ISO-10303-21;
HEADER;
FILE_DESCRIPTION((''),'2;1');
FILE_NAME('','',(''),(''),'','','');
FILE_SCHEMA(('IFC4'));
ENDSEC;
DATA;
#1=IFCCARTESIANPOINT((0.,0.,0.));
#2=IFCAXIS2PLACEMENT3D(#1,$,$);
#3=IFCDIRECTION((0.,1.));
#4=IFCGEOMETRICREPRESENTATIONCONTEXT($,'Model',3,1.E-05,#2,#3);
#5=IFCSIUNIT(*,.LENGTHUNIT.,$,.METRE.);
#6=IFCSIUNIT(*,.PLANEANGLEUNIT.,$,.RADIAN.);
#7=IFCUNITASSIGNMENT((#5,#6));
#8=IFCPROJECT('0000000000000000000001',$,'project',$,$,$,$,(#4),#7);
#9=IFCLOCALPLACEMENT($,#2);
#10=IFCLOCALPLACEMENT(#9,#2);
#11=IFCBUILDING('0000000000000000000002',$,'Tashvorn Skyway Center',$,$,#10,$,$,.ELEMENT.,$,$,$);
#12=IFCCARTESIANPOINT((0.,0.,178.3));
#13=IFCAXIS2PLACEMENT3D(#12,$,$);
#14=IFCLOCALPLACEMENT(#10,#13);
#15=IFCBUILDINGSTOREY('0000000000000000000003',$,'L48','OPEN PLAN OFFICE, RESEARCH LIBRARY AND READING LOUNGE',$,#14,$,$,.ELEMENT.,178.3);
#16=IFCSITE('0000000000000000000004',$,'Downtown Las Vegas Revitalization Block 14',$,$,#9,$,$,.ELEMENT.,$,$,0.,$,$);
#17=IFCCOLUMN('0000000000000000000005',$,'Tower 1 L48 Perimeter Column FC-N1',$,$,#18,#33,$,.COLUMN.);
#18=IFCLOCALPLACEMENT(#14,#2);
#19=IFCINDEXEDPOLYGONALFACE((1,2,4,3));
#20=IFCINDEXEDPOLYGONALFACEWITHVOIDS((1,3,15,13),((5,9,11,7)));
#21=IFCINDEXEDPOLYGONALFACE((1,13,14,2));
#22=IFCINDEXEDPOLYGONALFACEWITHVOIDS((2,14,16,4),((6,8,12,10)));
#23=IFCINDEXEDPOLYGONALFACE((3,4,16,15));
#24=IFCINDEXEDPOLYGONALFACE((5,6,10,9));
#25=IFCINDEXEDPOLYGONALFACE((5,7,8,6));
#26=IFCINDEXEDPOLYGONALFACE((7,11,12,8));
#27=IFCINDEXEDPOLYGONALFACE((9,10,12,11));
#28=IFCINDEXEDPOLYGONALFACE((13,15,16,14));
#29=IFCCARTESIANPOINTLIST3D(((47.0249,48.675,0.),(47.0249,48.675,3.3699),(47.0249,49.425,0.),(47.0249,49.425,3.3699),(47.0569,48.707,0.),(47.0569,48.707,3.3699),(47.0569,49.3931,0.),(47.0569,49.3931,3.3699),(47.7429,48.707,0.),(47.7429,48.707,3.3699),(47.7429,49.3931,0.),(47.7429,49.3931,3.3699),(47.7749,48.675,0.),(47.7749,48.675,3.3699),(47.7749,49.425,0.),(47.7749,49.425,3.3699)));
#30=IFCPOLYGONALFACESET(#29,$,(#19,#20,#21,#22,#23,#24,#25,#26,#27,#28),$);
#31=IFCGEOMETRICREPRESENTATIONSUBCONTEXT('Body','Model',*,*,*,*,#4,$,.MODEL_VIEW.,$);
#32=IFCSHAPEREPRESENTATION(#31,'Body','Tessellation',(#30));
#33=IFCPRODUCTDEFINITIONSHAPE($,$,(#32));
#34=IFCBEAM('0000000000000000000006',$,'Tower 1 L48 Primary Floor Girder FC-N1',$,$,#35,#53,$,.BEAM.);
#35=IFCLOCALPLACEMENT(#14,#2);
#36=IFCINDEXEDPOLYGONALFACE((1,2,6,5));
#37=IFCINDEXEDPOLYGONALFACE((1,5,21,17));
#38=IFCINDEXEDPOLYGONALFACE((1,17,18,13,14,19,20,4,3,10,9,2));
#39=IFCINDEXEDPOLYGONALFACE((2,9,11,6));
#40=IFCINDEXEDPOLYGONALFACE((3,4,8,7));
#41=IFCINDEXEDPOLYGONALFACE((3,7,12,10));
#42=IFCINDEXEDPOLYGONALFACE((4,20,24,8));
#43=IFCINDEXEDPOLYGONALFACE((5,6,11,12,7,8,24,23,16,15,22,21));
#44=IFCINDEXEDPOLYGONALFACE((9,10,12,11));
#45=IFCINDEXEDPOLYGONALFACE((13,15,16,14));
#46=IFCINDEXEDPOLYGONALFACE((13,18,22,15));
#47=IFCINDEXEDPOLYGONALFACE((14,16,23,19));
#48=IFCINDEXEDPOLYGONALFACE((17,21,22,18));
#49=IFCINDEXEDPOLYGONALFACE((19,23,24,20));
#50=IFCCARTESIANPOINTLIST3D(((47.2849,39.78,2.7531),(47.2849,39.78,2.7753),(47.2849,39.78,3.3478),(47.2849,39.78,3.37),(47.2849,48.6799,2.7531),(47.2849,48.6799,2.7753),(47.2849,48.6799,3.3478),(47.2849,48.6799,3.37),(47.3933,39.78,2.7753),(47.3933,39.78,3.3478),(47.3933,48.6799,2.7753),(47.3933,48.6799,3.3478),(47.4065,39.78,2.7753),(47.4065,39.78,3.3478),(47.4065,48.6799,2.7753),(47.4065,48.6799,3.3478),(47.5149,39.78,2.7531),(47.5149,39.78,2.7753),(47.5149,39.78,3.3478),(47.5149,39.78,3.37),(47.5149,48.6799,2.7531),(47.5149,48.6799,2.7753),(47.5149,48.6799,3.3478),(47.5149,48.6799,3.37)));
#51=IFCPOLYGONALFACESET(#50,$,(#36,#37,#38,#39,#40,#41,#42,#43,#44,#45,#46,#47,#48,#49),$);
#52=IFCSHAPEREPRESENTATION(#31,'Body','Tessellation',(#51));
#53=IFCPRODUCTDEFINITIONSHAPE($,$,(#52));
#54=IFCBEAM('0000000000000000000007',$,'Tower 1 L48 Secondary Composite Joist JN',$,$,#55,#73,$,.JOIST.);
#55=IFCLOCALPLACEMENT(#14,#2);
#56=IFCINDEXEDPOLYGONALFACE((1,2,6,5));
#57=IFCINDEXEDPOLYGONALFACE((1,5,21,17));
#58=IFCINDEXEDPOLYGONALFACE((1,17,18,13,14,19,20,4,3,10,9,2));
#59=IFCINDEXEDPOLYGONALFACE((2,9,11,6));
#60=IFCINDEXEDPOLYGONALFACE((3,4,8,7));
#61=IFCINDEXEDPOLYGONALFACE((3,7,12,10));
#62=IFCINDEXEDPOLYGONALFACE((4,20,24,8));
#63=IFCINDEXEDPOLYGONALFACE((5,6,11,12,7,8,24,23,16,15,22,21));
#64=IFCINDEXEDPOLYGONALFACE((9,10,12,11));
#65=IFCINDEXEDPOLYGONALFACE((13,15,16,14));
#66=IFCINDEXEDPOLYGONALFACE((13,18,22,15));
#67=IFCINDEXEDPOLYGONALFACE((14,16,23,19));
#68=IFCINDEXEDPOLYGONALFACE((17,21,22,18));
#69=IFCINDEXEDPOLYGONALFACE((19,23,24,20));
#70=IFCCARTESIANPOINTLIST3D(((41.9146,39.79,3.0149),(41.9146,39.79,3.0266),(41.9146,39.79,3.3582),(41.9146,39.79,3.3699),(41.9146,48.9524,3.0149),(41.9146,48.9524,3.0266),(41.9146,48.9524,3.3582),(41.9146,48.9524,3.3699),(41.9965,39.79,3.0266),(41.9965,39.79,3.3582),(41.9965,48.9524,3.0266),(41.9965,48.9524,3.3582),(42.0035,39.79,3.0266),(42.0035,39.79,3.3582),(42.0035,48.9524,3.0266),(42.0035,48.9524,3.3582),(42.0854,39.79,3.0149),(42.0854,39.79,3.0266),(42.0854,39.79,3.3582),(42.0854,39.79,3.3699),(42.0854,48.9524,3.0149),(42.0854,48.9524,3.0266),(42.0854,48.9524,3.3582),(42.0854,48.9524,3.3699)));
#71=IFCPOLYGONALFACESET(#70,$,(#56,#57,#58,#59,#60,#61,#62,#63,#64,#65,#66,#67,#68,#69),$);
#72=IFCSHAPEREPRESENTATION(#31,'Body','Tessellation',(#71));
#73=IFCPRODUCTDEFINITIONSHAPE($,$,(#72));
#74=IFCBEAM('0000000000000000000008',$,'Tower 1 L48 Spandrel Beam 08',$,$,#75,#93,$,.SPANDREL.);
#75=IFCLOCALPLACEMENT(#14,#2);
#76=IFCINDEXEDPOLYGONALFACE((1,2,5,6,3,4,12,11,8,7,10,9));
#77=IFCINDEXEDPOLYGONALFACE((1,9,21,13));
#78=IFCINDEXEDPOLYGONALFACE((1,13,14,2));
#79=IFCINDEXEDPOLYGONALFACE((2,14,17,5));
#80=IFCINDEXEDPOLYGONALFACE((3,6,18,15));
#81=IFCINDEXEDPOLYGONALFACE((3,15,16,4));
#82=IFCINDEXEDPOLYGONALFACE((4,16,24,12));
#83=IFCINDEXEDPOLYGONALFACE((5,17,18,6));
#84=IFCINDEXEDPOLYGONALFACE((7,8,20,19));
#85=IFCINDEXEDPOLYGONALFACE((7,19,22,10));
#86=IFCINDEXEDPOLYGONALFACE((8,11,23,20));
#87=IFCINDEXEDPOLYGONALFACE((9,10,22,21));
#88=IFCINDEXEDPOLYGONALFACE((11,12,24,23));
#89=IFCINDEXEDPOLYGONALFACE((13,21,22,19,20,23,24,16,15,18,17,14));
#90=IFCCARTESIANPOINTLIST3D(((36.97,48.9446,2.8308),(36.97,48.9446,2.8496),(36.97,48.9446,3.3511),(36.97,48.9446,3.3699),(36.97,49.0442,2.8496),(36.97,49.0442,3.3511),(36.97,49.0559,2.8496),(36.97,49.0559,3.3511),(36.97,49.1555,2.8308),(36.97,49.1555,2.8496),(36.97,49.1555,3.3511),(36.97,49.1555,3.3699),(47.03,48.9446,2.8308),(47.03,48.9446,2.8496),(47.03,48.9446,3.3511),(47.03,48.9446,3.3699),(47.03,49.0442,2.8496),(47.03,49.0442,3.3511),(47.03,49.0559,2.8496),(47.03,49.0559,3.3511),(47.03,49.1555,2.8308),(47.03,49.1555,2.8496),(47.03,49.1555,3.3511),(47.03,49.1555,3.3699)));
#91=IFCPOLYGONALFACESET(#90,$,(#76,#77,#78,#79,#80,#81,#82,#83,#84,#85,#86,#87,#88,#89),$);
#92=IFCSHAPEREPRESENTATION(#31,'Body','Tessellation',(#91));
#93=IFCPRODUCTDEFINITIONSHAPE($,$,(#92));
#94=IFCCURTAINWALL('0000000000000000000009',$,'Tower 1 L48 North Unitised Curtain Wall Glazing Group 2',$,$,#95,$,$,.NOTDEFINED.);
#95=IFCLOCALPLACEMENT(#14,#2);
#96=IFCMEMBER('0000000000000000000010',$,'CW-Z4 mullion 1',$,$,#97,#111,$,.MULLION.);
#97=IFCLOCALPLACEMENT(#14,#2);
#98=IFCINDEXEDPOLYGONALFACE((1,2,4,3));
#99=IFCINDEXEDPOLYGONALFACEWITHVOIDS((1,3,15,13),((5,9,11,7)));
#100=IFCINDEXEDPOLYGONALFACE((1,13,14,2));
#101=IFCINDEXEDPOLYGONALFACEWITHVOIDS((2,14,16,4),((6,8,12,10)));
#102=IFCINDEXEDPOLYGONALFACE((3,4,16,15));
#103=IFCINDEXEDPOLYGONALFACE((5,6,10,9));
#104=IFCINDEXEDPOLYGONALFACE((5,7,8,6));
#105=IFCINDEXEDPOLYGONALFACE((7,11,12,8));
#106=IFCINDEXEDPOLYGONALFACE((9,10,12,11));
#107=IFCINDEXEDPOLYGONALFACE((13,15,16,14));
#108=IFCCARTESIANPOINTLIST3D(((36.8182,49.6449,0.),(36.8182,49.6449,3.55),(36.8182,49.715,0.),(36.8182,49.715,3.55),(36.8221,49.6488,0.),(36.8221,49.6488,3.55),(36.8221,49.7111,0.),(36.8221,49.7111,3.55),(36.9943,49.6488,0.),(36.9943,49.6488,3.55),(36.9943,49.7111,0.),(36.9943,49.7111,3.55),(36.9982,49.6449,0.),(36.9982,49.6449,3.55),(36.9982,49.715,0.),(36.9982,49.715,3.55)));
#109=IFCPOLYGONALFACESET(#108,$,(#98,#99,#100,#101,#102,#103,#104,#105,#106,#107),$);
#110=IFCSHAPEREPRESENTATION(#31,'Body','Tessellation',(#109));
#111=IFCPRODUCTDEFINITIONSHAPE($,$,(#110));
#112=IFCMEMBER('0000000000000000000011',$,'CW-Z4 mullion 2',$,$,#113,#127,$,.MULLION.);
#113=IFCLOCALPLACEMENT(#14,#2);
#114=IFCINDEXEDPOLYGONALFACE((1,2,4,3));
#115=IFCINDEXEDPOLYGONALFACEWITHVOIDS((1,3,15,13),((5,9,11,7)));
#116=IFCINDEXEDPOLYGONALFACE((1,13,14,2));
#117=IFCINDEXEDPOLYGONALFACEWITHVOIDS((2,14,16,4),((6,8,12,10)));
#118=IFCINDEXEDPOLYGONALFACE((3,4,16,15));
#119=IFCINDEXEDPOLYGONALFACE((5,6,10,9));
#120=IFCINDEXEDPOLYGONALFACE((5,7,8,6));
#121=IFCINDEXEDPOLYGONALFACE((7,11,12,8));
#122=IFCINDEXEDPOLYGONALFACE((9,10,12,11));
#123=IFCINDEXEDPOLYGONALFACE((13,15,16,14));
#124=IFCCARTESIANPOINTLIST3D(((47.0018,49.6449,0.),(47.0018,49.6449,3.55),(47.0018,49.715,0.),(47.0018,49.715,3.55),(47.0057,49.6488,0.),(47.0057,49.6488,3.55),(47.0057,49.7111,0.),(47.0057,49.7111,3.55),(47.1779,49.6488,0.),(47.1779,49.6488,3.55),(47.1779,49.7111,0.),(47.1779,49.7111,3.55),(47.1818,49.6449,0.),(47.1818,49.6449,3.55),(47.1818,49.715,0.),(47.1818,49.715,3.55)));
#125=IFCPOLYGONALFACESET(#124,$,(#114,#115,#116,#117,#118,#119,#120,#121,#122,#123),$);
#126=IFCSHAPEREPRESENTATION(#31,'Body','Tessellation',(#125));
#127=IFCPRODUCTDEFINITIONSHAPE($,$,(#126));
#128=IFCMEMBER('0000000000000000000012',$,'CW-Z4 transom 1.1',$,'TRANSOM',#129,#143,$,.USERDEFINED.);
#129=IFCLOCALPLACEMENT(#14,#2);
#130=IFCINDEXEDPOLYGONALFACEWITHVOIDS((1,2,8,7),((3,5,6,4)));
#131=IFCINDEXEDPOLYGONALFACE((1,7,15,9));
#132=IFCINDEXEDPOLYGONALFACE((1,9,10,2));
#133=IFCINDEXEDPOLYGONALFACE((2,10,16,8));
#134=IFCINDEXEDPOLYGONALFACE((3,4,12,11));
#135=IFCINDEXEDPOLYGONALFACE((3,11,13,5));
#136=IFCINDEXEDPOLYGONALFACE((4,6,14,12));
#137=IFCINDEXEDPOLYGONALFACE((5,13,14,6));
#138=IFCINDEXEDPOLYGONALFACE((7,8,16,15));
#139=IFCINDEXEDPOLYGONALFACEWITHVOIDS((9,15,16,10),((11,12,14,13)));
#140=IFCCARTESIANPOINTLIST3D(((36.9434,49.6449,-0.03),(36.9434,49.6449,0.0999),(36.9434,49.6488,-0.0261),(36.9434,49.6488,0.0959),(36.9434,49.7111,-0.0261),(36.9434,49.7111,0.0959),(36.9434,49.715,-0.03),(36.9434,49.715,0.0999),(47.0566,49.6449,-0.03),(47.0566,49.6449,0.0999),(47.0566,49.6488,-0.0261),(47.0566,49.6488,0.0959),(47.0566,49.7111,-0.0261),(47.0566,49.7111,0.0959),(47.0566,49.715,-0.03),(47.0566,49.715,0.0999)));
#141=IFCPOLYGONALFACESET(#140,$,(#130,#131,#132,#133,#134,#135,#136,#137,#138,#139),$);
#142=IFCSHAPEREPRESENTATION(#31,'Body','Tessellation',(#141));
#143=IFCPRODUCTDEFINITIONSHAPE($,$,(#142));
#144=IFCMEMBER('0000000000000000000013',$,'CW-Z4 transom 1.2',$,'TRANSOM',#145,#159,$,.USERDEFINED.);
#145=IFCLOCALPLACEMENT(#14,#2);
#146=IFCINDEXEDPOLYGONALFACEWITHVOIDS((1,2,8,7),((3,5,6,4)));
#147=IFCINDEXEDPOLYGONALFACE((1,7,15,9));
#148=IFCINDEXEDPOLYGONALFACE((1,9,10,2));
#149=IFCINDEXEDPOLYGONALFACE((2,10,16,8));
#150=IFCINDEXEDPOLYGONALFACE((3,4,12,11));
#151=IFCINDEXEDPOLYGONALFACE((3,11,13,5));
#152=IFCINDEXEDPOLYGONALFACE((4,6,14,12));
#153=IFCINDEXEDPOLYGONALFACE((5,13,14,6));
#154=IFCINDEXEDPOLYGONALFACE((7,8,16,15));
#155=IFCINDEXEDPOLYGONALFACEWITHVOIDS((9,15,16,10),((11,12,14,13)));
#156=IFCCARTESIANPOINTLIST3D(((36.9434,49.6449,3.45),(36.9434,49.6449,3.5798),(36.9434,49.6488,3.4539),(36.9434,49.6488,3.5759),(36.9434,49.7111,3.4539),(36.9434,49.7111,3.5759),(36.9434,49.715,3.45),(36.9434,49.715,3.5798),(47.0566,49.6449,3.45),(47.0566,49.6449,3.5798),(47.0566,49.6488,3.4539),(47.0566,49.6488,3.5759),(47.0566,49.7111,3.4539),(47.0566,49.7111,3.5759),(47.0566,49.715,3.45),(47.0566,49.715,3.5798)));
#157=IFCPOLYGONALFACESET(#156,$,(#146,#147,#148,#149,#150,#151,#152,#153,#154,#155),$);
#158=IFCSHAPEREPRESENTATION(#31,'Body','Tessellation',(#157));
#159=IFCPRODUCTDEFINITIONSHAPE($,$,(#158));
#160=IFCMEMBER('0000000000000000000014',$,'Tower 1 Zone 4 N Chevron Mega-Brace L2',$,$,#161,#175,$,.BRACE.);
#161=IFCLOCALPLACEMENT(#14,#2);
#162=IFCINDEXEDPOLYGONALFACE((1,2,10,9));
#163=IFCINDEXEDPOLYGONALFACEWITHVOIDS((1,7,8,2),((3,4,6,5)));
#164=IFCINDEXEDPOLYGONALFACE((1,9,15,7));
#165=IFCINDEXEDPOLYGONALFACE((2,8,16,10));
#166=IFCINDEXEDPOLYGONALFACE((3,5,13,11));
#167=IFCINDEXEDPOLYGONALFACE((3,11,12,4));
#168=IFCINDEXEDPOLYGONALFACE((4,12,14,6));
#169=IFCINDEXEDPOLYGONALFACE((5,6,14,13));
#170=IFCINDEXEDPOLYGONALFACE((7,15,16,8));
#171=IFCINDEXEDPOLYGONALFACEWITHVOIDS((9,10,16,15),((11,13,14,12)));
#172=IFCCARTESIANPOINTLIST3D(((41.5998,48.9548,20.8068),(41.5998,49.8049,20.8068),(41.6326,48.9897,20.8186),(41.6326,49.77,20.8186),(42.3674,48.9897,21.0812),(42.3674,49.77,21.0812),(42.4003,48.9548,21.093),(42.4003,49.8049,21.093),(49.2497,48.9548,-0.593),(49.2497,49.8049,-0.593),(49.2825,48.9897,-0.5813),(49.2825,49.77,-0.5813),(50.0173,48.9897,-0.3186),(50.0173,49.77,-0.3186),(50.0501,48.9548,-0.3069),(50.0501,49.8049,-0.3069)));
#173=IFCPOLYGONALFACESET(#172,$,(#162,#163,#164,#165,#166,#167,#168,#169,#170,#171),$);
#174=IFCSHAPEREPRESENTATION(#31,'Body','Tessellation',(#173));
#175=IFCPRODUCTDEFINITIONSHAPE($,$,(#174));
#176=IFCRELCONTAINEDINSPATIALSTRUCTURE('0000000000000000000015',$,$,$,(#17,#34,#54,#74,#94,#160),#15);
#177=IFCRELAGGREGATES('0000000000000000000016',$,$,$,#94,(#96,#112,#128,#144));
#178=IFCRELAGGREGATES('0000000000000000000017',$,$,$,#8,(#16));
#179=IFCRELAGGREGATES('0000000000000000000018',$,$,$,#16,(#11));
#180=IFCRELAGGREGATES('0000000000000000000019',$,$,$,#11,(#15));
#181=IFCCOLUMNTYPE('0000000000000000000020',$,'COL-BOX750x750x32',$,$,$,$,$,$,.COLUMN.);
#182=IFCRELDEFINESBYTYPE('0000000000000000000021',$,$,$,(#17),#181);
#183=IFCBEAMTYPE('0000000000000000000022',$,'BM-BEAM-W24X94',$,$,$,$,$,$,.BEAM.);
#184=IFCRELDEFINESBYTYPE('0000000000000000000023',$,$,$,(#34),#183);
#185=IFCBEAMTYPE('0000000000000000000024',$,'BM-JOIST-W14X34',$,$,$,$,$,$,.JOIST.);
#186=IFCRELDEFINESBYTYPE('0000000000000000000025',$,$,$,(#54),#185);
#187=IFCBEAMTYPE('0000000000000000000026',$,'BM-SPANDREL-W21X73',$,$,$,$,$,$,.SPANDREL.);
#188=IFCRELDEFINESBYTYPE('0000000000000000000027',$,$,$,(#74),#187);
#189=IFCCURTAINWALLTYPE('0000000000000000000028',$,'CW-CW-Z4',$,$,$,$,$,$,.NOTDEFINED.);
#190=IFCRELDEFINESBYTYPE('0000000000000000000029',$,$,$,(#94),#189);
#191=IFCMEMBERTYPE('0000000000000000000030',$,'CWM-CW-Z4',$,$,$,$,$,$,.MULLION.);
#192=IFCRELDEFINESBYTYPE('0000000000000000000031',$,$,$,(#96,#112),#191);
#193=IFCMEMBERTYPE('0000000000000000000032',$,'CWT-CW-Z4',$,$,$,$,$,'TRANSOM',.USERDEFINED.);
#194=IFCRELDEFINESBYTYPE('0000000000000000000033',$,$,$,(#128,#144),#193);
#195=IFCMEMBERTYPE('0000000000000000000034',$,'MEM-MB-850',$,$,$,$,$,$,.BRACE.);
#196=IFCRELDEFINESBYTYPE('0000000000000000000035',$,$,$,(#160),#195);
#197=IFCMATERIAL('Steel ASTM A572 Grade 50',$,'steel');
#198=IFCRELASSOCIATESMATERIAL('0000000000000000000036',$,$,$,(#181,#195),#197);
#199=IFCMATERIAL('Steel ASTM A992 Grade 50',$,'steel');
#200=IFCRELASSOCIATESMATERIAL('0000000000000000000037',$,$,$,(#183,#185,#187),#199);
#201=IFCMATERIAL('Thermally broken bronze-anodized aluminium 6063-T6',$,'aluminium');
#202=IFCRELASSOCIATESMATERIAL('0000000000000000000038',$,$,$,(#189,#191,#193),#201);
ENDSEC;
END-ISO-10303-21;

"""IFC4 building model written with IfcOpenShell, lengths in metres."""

from ifc_helpers import new_model, si_unit, direction, frame, origin, origin_2d, place, context, subcontext, project, spatial, hollow_rectangle, i_section, extrude, material, material_profile, profile_set, type_object, element, aggregate, save


model = new_model("IFC4")

# Units and contexts
model_context = context("Model", 3, precision=1e-05, world=origin(), true_north=direction((0.0, 1.0)))
body_context = subcontext(model_context, "Body", "Model", "MODEL_VIEW")
ifc_project = project(units=[si_unit("LENGTHUNIT", "METRE"), si_unit("PLANEANGLEUNIT", "RADIAN")], contexts=[model_context])

# Site, building, storey
site_placement = place(None, origin())
site = spatial("IfcSite", under=ifc_project, at=site_placement, Name="Downtown Las Vegas Revitalization Block 14", CompositionType="ELEMENT", RefElevation=0.0)
building_placement = place(site_placement, origin())
building = spatial("IfcBuilding", under=site, at=building_placement, Name="Tashvorn Skyway Center", CompositionType="ELEMENT")
storey_placement = place(building_placement, frame((0.0, 0.0, 178.3)))
storey = spatial("IfcBuildingStorey", under=building, at=storey_placement, Name="L48", Description="OPEN PLAN OFFICE, RESEARCH LIBRARY AND READING LOUNGE", CompositionType="ELEMENT", Elevation=178.3)

# Column
ifc_material_1 = material(Name="Steel ASTM A572 Grade 50", Category="steel")
ifc_material_profile_1 = material_profile(ifc_material_1, hollow_rectangle(XDim=0.75, YDim=0.75, WallThickness=0.032, at=origin_2d()), Name="BOX750x750x32")
ifc_profile_set_1 = profile_set([ifc_material_profile_1], Name="Steel ASTM A572 Grade 50")
column_type = type_object("IfcColumnType", Name="COL-BOX750x750x32", PredefinedType="COLUMN", material=ifc_profile_set_1)
column_placement = place(storey_placement, frame((47.3999, 49.05, 0.0), z_axis=(0.0, 0.0, 1.0), x_axis=(1.0, 0.0, 0.0)))
element("IfcColumn", 1, at=column_placement, inside=storey, type_object=column_type, Name="Tower 1 L48 Perimeter Column FC-N1", PredefinedType="COLUMN", context=body_context, shape_type="SweptSolid", body=[
    extrude(hollow_rectangle(XDim=0.75, YDim=0.75, WallThickness=0.032, at=origin_2d()), origin(), (0.0, 0.0, 1.0), 3.3699),
])

# Beams
ifc_material_2 = material(Name="Steel ASTM A992 Grade 50", Category="steel")
ifc_material_profile_2 = material_profile(ifc_material_2, i_section(OverallWidth=0.23, OverallDepth=0.6169, WebThickness=0.0132, FlangeThickness=0.0222, at=origin_2d()), Name="W24X94")
ifc_profile_set_2 = profile_set([ifc_material_profile_2], Name="Steel ASTM A992 Grade 50")
beam_type_1 = type_object("IfcBeamType", Name="BM-BEAM-W24X94", PredefinedType="BEAM", material=ifc_profile_set_2)
beam_1_placement = place(storey_placement, frame((47.3999, 48.6799, 3.0615), z_axis=(0.0, -1.0, 0.0), x_axis=(1.0, 0.0, 0.0)))
element("IfcBeam", 2, at=beam_1_placement, inside=storey, type_object=beam_type_1, Name="Tower 1 L48 Primary Floor Girder FC-N1", PredefinedType="BEAM", context=body_context, shape_type="SweptSolid", body=[
    extrude(i_section(OverallWidth=0.23, OverallDepth=0.6169, WebThickness=0.0132, FlangeThickness=0.0222, at=origin_2d()), origin(), (0.0, 0.0, 1.0), 8.8999),
])
ifc_material_profile_3 = material_profile(ifc_material_2, i_section(OverallWidth=0.1709, OverallDepth=0.355, WebThickness=0.0071, FlangeThickness=0.0117, at=origin_2d()), Name="W14X34")
ifc_profile_set_3 = profile_set([ifc_material_profile_3], Name="Steel ASTM A992 Grade 50")
beam_type_2 = type_object("IfcBeamType", Name="BM-JOIST-W14X34", PredefinedType="JOIST", material=ifc_profile_set_3)
beam_2_placement = place(storey_placement, frame((42.0, 39.79, 3.1924), z_axis=(0.0, 1.0, 0.0), x_axis=(-1.0, 0.0, 0.0)))
element("IfcBeam", 3, at=beam_2_placement, inside=storey, type_object=beam_type_2, Name="Tower 1 L48 Secondary Composite Joist JN", PredefinedType="JOIST", context=body_context, shape_type="SweptSolid", body=[
    extrude(i_section(OverallWidth=0.1709, OverallDepth=0.355, WebThickness=0.0071, FlangeThickness=0.0117, at=origin_2d()), origin(), (0.0, 0.0, 1.0), 9.1624),
])
ifc_material_profile_4 = material_profile(ifc_material_2, i_section(OverallWidth=0.2109, OverallDepth=0.5391, WebThickness=0.0117, FlangeThickness=0.0188, at=origin_2d()), Name="W21X73")
ifc_profile_set_4 = profile_set([ifc_material_profile_4], Name="Steel ASTM A992 Grade 50")
beam_type_3 = type_object("IfcBeamType", Name="BM-SPANDREL-W21X73", PredefinedType="SPANDREL", material=ifc_profile_set_4)
beam_3_placement = place(storey_placement, frame((47.03, 49.05, 3.1003), z_axis=(-1.0, 0.0, 0.0), x_axis=(0.0, -1.0, 0.0)))
element("IfcBeam", 4, at=beam_3_placement, inside=storey, type_object=beam_type_3, Name="Tower 1 L48 Spandrel Beam 08", PredefinedType="SPANDREL", context=body_context, shape_type="SweptSolid", body=[
    extrude(i_section(OverallWidth=0.2109, OverallDepth=0.5391, WebThickness=0.0117, FlangeThickness=0.0188, at=origin_2d()), origin(), (0.0, 0.0, 1.0), 10.0601),
])

# Curtain wall, members
ifc_material_3 = material(Name="Thermally broken bronze-anodized aluminium 6063-T6", Category="aluminium")
curtain_wall_type = type_object("IfcCurtainWallType", Name="CW-CW-Z4", PredefinedType="NOTDEFINED", material=ifc_material_3)
curtain_wall_placement = place(storey_placement, origin())
curtain_wall = element("IfcCurtainWall", 5, at=curtain_wall_placement, inside=storey, type_object=curtain_wall_type, Name="Tower 1 L48 North Unitised Curtain Wall Glazing Group 2", PredefinedType="NOTDEFINED")
ifc_material_profile_5 = material_profile(ifc_material_3, hollow_rectangle(XDim=0.0701, YDim=0.1799, WallThickness=0.0039, at=origin_2d()), Name="ALU-MULL-70x180")
ifc_profile_set_5 = profile_set([ifc_material_profile_5], Name="Thermally broken bronze-anodized aluminium 6063-T6")
member_type_1 = type_object("IfcMemberType", Name="CWM-CW-Z4", PredefinedType="MULLION", material=ifc_profile_set_5)
member_1_placement = place(storey_placement, frame((36.9082, 49.6799, 0.0), z_axis=(0.0, 0.0, 1.0), x_axis=(0.0, 1.0, 0.0)))
member_1 = element("IfcMember", 6, at=member_1_placement, type_object=member_type_1, Name="CW-Z4 mullion 1", PredefinedType="MULLION", context=body_context, shape_type="SweptSolid", body=[
    extrude(hollow_rectangle(XDim=0.0701, YDim=0.1799, WallThickness=0.0039, at=origin_2d()), origin(), (0.0, 0.0, 1.0), 3.55),
])
member_2_placement = place(storey_placement, frame((47.0918, 49.6799, 0.0), z_axis=(0.0, 0.0, 1.0), x_axis=(0.0, 1.0, 0.0)))
member_2 = element("IfcMember", 7, at=member_2_placement, type_object=member_type_1, Name="CW-Z4 mullion 2", PredefinedType="MULLION", context=body_context, shape_type="SweptSolid", body=[
    extrude(hollow_rectangle(XDim=0.0701, YDim=0.1799, WallThickness=0.0039, at=origin_2d()), origin(), (0.0, 0.0, 1.0), 3.55),
])
ifc_material_profile_6 = material_profile(ifc_material_3, hollow_rectangle(XDim=0.0701, YDim=0.1299, WallThickness=0.0039, at=origin_2d()), Name="ALU-TRAN-70x130")
ifc_profile_set_6 = profile_set([ifc_material_profile_6], Name="Thermally broken bronze-anodized aluminium 6063-T6")
member_type_2 = type_object("IfcMemberType", Name="CWT-CW-Z4", ElementType="TRANSOM", PredefinedType="USERDEFINED", material=ifc_profile_set_6)
member_3_placement = place(storey_placement, frame((36.9434, 49.6799, 0.0349), z_axis=(1.0, 0.0, 0.0), x_axis=(0.0, 1.0, 0.0)))
member_3 = element("IfcMember", 8, at=member_3_placement, type_object=member_type_2, Name="CW-Z4 transom 1.1", ObjectType="TRANSOM", PredefinedType="USERDEFINED", context=body_context, shape_type="SweptSolid", body=[
    extrude(hollow_rectangle(XDim=0.0701, YDim=0.1299, WallThickness=0.0039, at=origin_2d()), origin(), (0.0, 0.0, 1.0), 10.1133),
])
member_4_placement = place(storey_placement, frame((36.9434, 49.6799, 3.5149), z_axis=(1.0, 0.0, 0.0), x_axis=(0.0, 1.0, 0.0)))
member_4 = element("IfcMember", 9, at=member_4_placement, type_object=member_type_2, Name="CW-Z4 transom 1.2", ObjectType="TRANSOM", PredefinedType="USERDEFINED", context=body_context, shape_type="SweptSolid", body=[
    extrude(hollow_rectangle(XDim=0.0701, YDim=0.1299, WallThickness=0.0039, at=origin_2d()), origin(), (0.0, 0.0, 1.0), 10.1133),
])

# Member
ifc_material_profile_7 = material_profile(ifc_material_1, hollow_rectangle(XDim=0.8501, YDim=0.8501, WallThickness=0.0349, at=origin_2d()), Name="BOX850x850x35")
ifc_profile_set_7 = profile_set([ifc_material_profile_7], Name="Steel ASTM A572 Grade 50")
member_type_3 = type_object("IfcMemberType", Name="MEM-MB-850", PredefinedType="BRACE", material=ifc_profile_set_7)
member_5_placement = place(storey_placement, frame((49.6499, 49.3799, -0.45), z_axis=(-0.336613, 0.0, 0.941643), x_axis=(0.0, -1.0, 0.0)))
element("IfcMember", 10, at=member_5_placement, inside=storey, type_object=member_type_3, Name="Tower 1 Zone 4 N Chevron Mega-Brace L2", PredefinedType="BRACE", context=body_context, shape_type="SweptSolid", body=[
    extrude(hollow_rectangle(XDim=0.8501, YDim=0.8501, WallThickness=0.0349, at=origin_2d()), origin(), (0.0, 0.0, 1.0), 22.7261),
])

aggregate(curtain_wall, [member_1, member_2, member_3, member_4])

save(model, "model.ifc")
